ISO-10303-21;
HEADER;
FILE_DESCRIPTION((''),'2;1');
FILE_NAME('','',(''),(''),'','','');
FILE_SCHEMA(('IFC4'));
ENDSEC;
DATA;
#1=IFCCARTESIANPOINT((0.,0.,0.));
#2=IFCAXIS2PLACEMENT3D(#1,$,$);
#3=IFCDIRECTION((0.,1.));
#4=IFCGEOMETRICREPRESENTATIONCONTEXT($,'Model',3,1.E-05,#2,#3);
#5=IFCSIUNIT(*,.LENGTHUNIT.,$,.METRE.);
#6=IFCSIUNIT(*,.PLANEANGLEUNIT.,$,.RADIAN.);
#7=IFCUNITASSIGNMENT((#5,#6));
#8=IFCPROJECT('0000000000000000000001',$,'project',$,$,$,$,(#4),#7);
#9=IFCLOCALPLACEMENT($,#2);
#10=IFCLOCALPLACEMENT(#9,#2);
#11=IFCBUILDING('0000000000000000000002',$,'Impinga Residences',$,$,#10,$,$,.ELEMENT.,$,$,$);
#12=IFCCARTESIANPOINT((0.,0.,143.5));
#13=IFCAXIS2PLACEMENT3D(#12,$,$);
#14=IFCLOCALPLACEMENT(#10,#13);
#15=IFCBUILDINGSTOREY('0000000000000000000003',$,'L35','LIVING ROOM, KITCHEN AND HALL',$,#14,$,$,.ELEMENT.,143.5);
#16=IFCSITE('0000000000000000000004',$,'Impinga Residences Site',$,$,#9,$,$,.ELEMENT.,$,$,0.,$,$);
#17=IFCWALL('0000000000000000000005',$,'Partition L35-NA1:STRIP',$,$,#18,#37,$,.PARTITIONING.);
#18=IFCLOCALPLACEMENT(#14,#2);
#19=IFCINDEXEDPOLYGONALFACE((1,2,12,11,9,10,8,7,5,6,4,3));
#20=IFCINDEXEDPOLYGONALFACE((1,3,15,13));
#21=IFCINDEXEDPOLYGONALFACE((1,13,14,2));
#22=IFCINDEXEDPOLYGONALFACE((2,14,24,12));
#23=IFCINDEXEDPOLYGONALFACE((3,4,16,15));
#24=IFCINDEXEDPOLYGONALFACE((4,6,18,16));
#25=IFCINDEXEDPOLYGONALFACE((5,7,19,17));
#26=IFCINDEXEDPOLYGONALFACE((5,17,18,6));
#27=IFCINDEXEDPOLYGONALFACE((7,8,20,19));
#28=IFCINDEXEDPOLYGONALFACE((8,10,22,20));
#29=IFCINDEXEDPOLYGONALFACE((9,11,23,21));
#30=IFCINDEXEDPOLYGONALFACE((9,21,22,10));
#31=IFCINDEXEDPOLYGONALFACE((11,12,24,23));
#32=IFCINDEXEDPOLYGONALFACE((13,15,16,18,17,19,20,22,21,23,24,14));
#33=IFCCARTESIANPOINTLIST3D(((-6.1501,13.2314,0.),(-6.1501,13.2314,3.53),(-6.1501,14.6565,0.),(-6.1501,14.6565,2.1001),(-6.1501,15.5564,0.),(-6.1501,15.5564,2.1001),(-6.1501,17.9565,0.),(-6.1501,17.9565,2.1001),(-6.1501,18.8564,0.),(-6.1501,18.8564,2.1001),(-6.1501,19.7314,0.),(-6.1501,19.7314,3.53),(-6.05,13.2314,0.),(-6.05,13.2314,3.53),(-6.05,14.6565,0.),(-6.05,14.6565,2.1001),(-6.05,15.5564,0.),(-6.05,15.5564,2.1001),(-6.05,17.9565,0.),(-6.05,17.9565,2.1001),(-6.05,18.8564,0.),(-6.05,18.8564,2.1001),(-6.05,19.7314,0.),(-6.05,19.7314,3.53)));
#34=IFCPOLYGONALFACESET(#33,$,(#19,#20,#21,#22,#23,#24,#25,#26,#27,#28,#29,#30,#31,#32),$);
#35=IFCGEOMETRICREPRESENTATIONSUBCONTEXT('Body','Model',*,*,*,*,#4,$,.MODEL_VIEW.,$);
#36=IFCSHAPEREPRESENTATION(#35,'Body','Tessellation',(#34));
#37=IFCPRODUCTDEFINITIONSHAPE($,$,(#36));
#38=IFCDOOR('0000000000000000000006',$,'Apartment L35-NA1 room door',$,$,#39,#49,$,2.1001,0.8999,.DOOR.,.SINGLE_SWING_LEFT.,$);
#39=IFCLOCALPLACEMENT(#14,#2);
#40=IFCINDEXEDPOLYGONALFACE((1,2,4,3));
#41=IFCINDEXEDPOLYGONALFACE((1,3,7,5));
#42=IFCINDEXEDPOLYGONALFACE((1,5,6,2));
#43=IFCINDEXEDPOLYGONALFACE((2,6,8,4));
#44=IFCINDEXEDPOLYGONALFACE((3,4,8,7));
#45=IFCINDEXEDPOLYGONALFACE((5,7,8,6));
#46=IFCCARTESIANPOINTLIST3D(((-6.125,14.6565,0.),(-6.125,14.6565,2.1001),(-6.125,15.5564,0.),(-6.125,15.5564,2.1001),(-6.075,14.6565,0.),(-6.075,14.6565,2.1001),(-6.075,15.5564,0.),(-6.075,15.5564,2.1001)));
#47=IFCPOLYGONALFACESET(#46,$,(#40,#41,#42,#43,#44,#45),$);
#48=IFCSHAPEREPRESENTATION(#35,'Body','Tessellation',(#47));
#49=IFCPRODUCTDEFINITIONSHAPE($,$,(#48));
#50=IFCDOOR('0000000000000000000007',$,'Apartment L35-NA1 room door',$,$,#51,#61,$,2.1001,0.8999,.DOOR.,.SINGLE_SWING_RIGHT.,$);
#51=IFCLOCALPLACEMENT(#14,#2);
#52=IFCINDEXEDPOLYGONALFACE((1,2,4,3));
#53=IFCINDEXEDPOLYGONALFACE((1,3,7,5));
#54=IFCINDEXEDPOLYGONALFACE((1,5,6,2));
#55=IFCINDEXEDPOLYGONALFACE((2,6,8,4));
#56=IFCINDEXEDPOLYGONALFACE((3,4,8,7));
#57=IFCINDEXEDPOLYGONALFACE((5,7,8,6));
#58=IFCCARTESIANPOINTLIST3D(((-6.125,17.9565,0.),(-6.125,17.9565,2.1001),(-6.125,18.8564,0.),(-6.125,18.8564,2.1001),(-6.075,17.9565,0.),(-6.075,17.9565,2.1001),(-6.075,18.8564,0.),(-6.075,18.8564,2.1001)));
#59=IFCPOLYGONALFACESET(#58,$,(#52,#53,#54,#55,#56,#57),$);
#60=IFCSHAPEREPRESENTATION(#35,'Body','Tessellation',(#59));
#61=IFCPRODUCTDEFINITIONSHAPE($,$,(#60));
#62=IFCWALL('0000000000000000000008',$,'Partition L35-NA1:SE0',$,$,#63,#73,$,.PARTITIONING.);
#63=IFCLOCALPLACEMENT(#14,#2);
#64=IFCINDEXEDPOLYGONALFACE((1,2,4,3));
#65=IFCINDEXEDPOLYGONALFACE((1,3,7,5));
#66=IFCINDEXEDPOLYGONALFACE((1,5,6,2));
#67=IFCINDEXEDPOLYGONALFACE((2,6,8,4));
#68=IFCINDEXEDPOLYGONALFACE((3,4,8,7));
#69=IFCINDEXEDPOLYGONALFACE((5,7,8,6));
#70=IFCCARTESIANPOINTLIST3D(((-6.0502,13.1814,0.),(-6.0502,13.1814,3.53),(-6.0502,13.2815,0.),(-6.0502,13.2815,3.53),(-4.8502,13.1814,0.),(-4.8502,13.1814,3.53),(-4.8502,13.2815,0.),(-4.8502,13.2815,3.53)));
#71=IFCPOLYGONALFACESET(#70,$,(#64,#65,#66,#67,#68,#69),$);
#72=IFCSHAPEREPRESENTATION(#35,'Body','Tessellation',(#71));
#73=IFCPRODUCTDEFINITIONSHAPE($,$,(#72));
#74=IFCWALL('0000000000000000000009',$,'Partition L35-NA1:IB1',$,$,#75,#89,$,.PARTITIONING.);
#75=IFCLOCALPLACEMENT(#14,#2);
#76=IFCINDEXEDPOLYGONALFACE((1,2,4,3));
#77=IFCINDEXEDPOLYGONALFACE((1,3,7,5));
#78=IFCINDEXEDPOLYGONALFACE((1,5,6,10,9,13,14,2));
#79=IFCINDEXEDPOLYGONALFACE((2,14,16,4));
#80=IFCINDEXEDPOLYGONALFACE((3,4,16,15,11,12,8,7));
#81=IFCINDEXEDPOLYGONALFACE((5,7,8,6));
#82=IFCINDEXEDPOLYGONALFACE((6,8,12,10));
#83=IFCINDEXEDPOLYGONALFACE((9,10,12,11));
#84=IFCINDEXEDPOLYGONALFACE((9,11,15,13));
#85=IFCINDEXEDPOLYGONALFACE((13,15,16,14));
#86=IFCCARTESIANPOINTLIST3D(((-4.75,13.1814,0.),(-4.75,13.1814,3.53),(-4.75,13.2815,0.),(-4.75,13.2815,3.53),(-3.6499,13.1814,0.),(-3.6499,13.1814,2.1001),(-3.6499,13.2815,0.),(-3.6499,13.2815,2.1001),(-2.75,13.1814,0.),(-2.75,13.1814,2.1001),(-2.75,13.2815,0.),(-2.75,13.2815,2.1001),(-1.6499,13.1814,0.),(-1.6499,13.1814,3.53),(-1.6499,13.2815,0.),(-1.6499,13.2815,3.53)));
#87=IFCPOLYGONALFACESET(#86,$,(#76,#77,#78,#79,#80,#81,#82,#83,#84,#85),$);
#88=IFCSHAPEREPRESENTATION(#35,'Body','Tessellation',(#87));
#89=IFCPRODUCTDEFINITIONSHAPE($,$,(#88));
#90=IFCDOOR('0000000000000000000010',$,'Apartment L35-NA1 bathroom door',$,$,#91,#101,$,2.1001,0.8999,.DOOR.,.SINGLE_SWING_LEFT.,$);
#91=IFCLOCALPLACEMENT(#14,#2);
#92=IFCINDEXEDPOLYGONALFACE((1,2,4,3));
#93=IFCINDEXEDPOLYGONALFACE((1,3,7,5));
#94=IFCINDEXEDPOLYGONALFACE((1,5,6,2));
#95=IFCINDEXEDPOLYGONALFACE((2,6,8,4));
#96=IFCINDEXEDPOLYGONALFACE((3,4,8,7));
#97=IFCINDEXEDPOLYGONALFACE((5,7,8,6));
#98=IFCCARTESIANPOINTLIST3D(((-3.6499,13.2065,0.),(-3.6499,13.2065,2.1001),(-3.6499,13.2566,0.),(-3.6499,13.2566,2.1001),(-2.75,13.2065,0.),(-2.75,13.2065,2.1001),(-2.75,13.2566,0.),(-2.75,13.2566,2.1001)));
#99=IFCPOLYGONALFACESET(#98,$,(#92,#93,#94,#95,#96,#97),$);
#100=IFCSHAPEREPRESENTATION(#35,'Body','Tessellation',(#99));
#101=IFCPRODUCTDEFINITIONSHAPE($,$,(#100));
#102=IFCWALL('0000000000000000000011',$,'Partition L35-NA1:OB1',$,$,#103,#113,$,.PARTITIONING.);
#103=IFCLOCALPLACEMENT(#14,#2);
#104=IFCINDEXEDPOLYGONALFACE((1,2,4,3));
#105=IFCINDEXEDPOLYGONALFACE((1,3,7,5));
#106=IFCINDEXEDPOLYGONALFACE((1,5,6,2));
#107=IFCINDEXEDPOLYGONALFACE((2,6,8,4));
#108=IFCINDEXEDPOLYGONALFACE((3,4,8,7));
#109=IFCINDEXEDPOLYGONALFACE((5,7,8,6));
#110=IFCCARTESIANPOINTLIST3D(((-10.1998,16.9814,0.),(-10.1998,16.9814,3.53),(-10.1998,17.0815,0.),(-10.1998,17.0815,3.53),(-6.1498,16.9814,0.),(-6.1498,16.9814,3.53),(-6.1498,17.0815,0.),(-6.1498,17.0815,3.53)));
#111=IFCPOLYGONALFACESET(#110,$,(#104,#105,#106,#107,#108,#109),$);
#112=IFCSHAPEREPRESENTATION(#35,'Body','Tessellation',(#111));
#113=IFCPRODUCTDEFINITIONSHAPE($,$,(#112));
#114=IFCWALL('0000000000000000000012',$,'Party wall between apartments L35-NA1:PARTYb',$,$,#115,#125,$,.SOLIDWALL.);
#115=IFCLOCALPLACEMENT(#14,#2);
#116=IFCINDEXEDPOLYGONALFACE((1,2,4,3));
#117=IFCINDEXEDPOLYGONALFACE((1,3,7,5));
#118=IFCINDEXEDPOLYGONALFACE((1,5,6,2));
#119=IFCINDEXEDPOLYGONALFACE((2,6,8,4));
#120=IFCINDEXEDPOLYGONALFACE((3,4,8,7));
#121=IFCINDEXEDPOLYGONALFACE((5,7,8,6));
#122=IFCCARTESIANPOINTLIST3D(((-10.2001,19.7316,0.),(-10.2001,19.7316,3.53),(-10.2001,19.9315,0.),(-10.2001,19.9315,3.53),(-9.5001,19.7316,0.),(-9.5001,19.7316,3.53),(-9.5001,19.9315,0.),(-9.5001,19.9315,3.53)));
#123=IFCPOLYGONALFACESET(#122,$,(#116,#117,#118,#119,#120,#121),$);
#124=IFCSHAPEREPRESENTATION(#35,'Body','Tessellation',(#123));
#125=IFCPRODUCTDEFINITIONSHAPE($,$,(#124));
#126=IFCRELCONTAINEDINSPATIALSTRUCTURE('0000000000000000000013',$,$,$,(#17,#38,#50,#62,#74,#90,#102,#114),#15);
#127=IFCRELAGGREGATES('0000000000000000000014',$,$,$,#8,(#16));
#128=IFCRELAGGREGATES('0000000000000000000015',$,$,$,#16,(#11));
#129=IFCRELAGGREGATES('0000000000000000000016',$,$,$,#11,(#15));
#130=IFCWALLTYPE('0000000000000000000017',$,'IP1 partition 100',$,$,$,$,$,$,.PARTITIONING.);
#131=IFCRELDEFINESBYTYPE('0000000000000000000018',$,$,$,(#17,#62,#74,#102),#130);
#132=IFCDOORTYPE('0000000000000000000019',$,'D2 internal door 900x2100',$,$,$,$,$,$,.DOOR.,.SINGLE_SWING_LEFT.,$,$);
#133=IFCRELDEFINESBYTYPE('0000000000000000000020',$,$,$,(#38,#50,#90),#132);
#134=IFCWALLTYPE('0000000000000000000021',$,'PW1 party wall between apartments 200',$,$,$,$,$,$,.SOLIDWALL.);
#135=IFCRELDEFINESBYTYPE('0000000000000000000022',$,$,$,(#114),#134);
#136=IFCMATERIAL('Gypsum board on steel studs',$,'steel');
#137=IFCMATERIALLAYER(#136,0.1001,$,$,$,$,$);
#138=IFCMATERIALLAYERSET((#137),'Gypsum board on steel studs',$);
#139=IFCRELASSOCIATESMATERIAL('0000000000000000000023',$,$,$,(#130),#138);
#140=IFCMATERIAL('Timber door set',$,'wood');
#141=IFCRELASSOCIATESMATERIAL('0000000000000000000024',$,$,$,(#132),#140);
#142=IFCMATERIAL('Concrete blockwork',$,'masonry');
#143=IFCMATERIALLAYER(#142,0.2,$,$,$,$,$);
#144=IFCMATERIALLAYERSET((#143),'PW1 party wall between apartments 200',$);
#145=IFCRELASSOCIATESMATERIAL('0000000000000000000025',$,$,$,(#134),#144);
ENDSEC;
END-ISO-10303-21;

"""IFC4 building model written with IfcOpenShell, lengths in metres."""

from ifc_helpers import new_model, si_unit, direction, frame, frame_2d, origin, place, context, subcontext, project, spatial, rectangle, extrude, material, layer, layer_set, type_object, element, fill, save


model = new_model("IFC4")

# Units and contexts
model_context = context("Model", 3, precision=1e-05, world=origin(), true_north=direction((0.0, 1.0)))
body_context = subcontext(model_context, "Body", "Model", "MODEL_VIEW")
ifc_project = project(units=[si_unit("LENGTHUNIT", "METRE"), si_unit("PLANEANGLEUNIT", "RADIAN")], contexts=[model_context])

# Site, building, storey
site_placement = place(None, origin())
site = spatial("IfcSite", under=ifc_project, at=site_placement, Name="Impinga Residences Site", CompositionType="ELEMENT", RefElevation=0.0)
building_placement = place(site_placement, origin())
building = spatial("IfcBuilding", under=site, at=building_placement, Name="Impinga Residences", CompositionType="ELEMENT")
storey_placement = place(building_placement, frame((0.0, 0.0, 143.5)))
storey = spatial("IfcBuildingStorey", under=building, at=storey_placement, Name="L35", Description="LIVING ROOM, KITCHEN AND HALL", CompositionType="ELEMENT", Elevation=143.5)

# Shared definitions
ifc_material_1 = material(Name="Timber door set", Category="wood")

# Shared definitions
ifc_material_2 = material(Name="Gypsum board on steel studs", Category="steel")
ifc_layer_1 = layer(ifc_material_2, 0.1001)
ifc_layer_set_1 = layer_set([ifc_layer_1], Name="Gypsum board on steel studs")
wall_type_1 = type_object("IfcWallType", Name="IP1 partition 100", PredefinedType="PARTITIONING", material=ifc_layer_set_1)

# Wall, openings, doors
wall_1_placement = place(storey_placement, frame((-6.1001, 13.2314, 0.0), z_axis=(0.0, 0.0, 1.0), x_axis=(0.0, 1.0, 0.0)))
wall_1 = element("IfcWall", 1, at=wall_1_placement, inside=storey, type_object=wall_type_1, Name="Partition L35-NA1:STRIP", PredefinedType="PARTITIONING", context=body_context, shape_type="SweptSolid", body=[
    extrude(rectangle(XDim=6.5, YDim=0.1001, at=frame_2d((3.25, 0.0))), origin(), (0.0, 0.0, 1.0), 3.53),
])
opening_1_placement = place(wall_1_placement, frame((1.425, 0.0, 0.0)))
opening_1 = element("IfcOpeningElement", 2, at=opening_1_placement, cuts=wall_1, PredefinedType="OPENING", context=body_context, shape_type="SweptSolid", body=[
    extrude(rectangle(XDim=0.8999, YDim=2.1001, at=frame_2d((0.45, 1.05))), frame((0.0, 0.0601, 0.0), z_axis=(0.0, -1.0, 0.0), x_axis=(1.0, 0.0, 0.0)), (0.0, 0.0, 1.0), 0.1201),
])
opening_2_placement = place(wall_1_placement, frame((4.7251, 0.0, 0.0)))
opening_2 = element("IfcOpeningElement", 3, at=opening_2_placement, cuts=wall_1, PredefinedType="OPENING", context=body_context, shape_type="SweptSolid", body=[
    extrude(rectangle(XDim=0.8999, YDim=2.1001, at=frame_2d((0.45, 1.05))), frame((0.0, 0.0601, 0.0), z_axis=(0.0, -1.0, 0.0), x_axis=(1.0, 0.0, 0.0)), (0.0, 0.0, 1.0), 0.1201),
])
door_type_1 = type_object("IfcDoorType", Name="D2 internal door 900x2100", OperationType="SINGLE_SWING_LEFT", PredefinedType="DOOR", material=ifc_material_1)
door_1_placement = place(opening_1_placement, origin())
door_1 = element("IfcDoor", 4, at=door_1_placement, inside=storey, type_object=door_type_1, Name="Apartment L35-NA1 room door", OperationType="SINGLE_SWING_LEFT", OverallHeight=2.1001, OverallWidth=0.8999, PredefinedType="DOOR", context=body_context, shape_type="SweptSolid", body=[
    extrude(rectangle(XDim=0.8999, YDim=2.1001, at=frame_2d((0.45, 1.05))), frame((0.0, 0.0249, 0.0), z_axis=(0.0, -1.0, 0.0), x_axis=(1.0, 0.0, 0.0)), (0.0, 0.0, 1.0), 0.05),
])
fill(opening_1, door_1)
door_2_placement = place(opening_2_placement, origin())
door_2 = element("IfcDoor", 5, at=door_2_placement, inside=storey, type_object=door_type_1, Name="Apartment L35-NA1 room door", OperationType="SINGLE_SWING_RIGHT", OverallHeight=2.1001, OverallWidth=0.8999, PredefinedType="DOOR", context=body_context, shape_type="SweptSolid", body=[
    extrude(rectangle(XDim=0.8999, YDim=2.1001, at=frame_2d((0.45, 1.05))), frame((0.0, 0.0249, 0.0), z_axis=(0.0, -1.0, 0.0), x_axis=(1.0, 0.0, 0.0)), (0.0, 0.0, 1.0), 0.05),
])
fill(opening_2, door_2)

# Wall
wall_2_placement = place(storey_placement, frame((-4.8501, 13.2314, 0.0), z_axis=(0.0, 0.0, 1.0), x_axis=(-1.0, 0.0, 0.0)))
element("IfcWall", 6, at=wall_2_placement, inside=storey, type_object=wall_type_1, Name="Partition L35-NA1:SE0", PredefinedType="PARTITIONING", context=body_context, shape_type="SweptSolid", body=[
    extrude(rectangle(XDim=1.2, YDim=0.1001, at=frame_2d((0.6001, 0.0))), origin(), (0.0, 0.0, 1.0), 3.53),
])

# Wall, opening, door
wall_3_placement = place(storey_placement, frame((-1.6499, 13.2314, 0.0), z_axis=(0.0, 0.0, 1.0), x_axis=(-1.0, 0.0, 0.0)))
wall_3 = element("IfcWall", 7, at=wall_3_placement, inside=storey, type_object=wall_type_1, Name="Partition L35-NA1:IB1", PredefinedType="PARTITIONING", context=body_context, shape_type="SweptSolid", body=[
    extrude(rectangle(XDim=3.1001, YDim=0.1001, at=frame_2d((1.55, 0.0))), origin(), (0.0, 0.0, 1.0), 3.53),
])
opening_3_placement = place(wall_3_placement, frame((1.1001, 0.0, 0.0)))
opening_3 = element("IfcOpeningElement", 8, at=opening_3_placement, cuts=wall_3, PredefinedType="OPENING", context=body_context, shape_type="SweptSolid", body=[
    extrude(rectangle(XDim=0.8999, YDim=2.1001, at=frame_2d((0.45, 1.05))), frame((0.0, 0.0601, 0.0), z_axis=(0.0, -1.0, 0.0), x_axis=(1.0, 0.0, 0.0)), (0.0, 0.0, 1.0), 0.1201),
])
door_3_placement = place(opening_3_placement, origin())
door_3 = element("IfcDoor", 9, at=door_3_placement, inside=storey, type_object=door_type_1, Name="Apartment L35-NA1 bathroom door", OperationType="SINGLE_SWING_LEFT", OverallHeight=2.1001, OverallWidth=0.8999, PredefinedType="DOOR", context=body_context, shape_type="SweptSolid", body=[
    extrude(rectangle(XDim=0.8999, YDim=2.1001, at=frame_2d((0.45, 1.05))), frame((0.0, 0.0249, 0.0), z_axis=(0.0, -1.0, 0.0), x_axis=(1.0, 0.0, 0.0)), (0.0, 0.0, 1.0), 0.05),
])
fill(opening_3, door_3)

# Walls
wall_4_placement = place(storey_placement, frame((-6.1499, 17.0315, 0.0), z_axis=(0.0, 0.0, 1.0), x_axis=(-1.0, 0.0, 0.0)))
element("IfcWall", 10, at=wall_4_placement, inside=storey, type_object=wall_type_1, Name="Partition L35-NA1:OB1", PredefinedType="PARTITIONING", context=body_context, shape_type="SweptSolid", body=[
    extrude(rectangle(XDim=4.05, YDim=0.1001, at=frame_2d((2.0249, 0.0))), origin(), (0.0, 0.0, 1.0), 3.53),
])
ifc_material_3 = material(Name="Concrete blockwork", Category="masonry")
ifc_layer_2 = layer(ifc_material_3, 0.2)
ifc_layer_set_2 = layer_set([ifc_layer_2], Name="PW1 party wall between apartments 200")
wall_type_2 = type_object("IfcWallType", Name="PW1 party wall between apartments 200", PredefinedType="SOLIDWALL", material=ifc_layer_set_2)
wall_5_placement = place(storey_placement, frame((-9.5, 19.8315, 0.0), z_axis=(0.0, 0.0, 1.0), x_axis=(-1.0, 0.0, 0.0)))
element("IfcWall", 11, at=wall_5_placement, inside=storey, type_object=wall_type_2, Name="Party wall between apartments L35-NA1:PARTYb", PredefinedType="SOLIDWALL", context=body_context, shape_type="SweptSolid", body=[
    extrude(rectangle(XDim=0.7, YDim=0.2, at=frame_2d((0.3501, 0.0))), origin(), (0.0, 0.0, 1.0), 3.53),
])

save(model, "model.ifc")
